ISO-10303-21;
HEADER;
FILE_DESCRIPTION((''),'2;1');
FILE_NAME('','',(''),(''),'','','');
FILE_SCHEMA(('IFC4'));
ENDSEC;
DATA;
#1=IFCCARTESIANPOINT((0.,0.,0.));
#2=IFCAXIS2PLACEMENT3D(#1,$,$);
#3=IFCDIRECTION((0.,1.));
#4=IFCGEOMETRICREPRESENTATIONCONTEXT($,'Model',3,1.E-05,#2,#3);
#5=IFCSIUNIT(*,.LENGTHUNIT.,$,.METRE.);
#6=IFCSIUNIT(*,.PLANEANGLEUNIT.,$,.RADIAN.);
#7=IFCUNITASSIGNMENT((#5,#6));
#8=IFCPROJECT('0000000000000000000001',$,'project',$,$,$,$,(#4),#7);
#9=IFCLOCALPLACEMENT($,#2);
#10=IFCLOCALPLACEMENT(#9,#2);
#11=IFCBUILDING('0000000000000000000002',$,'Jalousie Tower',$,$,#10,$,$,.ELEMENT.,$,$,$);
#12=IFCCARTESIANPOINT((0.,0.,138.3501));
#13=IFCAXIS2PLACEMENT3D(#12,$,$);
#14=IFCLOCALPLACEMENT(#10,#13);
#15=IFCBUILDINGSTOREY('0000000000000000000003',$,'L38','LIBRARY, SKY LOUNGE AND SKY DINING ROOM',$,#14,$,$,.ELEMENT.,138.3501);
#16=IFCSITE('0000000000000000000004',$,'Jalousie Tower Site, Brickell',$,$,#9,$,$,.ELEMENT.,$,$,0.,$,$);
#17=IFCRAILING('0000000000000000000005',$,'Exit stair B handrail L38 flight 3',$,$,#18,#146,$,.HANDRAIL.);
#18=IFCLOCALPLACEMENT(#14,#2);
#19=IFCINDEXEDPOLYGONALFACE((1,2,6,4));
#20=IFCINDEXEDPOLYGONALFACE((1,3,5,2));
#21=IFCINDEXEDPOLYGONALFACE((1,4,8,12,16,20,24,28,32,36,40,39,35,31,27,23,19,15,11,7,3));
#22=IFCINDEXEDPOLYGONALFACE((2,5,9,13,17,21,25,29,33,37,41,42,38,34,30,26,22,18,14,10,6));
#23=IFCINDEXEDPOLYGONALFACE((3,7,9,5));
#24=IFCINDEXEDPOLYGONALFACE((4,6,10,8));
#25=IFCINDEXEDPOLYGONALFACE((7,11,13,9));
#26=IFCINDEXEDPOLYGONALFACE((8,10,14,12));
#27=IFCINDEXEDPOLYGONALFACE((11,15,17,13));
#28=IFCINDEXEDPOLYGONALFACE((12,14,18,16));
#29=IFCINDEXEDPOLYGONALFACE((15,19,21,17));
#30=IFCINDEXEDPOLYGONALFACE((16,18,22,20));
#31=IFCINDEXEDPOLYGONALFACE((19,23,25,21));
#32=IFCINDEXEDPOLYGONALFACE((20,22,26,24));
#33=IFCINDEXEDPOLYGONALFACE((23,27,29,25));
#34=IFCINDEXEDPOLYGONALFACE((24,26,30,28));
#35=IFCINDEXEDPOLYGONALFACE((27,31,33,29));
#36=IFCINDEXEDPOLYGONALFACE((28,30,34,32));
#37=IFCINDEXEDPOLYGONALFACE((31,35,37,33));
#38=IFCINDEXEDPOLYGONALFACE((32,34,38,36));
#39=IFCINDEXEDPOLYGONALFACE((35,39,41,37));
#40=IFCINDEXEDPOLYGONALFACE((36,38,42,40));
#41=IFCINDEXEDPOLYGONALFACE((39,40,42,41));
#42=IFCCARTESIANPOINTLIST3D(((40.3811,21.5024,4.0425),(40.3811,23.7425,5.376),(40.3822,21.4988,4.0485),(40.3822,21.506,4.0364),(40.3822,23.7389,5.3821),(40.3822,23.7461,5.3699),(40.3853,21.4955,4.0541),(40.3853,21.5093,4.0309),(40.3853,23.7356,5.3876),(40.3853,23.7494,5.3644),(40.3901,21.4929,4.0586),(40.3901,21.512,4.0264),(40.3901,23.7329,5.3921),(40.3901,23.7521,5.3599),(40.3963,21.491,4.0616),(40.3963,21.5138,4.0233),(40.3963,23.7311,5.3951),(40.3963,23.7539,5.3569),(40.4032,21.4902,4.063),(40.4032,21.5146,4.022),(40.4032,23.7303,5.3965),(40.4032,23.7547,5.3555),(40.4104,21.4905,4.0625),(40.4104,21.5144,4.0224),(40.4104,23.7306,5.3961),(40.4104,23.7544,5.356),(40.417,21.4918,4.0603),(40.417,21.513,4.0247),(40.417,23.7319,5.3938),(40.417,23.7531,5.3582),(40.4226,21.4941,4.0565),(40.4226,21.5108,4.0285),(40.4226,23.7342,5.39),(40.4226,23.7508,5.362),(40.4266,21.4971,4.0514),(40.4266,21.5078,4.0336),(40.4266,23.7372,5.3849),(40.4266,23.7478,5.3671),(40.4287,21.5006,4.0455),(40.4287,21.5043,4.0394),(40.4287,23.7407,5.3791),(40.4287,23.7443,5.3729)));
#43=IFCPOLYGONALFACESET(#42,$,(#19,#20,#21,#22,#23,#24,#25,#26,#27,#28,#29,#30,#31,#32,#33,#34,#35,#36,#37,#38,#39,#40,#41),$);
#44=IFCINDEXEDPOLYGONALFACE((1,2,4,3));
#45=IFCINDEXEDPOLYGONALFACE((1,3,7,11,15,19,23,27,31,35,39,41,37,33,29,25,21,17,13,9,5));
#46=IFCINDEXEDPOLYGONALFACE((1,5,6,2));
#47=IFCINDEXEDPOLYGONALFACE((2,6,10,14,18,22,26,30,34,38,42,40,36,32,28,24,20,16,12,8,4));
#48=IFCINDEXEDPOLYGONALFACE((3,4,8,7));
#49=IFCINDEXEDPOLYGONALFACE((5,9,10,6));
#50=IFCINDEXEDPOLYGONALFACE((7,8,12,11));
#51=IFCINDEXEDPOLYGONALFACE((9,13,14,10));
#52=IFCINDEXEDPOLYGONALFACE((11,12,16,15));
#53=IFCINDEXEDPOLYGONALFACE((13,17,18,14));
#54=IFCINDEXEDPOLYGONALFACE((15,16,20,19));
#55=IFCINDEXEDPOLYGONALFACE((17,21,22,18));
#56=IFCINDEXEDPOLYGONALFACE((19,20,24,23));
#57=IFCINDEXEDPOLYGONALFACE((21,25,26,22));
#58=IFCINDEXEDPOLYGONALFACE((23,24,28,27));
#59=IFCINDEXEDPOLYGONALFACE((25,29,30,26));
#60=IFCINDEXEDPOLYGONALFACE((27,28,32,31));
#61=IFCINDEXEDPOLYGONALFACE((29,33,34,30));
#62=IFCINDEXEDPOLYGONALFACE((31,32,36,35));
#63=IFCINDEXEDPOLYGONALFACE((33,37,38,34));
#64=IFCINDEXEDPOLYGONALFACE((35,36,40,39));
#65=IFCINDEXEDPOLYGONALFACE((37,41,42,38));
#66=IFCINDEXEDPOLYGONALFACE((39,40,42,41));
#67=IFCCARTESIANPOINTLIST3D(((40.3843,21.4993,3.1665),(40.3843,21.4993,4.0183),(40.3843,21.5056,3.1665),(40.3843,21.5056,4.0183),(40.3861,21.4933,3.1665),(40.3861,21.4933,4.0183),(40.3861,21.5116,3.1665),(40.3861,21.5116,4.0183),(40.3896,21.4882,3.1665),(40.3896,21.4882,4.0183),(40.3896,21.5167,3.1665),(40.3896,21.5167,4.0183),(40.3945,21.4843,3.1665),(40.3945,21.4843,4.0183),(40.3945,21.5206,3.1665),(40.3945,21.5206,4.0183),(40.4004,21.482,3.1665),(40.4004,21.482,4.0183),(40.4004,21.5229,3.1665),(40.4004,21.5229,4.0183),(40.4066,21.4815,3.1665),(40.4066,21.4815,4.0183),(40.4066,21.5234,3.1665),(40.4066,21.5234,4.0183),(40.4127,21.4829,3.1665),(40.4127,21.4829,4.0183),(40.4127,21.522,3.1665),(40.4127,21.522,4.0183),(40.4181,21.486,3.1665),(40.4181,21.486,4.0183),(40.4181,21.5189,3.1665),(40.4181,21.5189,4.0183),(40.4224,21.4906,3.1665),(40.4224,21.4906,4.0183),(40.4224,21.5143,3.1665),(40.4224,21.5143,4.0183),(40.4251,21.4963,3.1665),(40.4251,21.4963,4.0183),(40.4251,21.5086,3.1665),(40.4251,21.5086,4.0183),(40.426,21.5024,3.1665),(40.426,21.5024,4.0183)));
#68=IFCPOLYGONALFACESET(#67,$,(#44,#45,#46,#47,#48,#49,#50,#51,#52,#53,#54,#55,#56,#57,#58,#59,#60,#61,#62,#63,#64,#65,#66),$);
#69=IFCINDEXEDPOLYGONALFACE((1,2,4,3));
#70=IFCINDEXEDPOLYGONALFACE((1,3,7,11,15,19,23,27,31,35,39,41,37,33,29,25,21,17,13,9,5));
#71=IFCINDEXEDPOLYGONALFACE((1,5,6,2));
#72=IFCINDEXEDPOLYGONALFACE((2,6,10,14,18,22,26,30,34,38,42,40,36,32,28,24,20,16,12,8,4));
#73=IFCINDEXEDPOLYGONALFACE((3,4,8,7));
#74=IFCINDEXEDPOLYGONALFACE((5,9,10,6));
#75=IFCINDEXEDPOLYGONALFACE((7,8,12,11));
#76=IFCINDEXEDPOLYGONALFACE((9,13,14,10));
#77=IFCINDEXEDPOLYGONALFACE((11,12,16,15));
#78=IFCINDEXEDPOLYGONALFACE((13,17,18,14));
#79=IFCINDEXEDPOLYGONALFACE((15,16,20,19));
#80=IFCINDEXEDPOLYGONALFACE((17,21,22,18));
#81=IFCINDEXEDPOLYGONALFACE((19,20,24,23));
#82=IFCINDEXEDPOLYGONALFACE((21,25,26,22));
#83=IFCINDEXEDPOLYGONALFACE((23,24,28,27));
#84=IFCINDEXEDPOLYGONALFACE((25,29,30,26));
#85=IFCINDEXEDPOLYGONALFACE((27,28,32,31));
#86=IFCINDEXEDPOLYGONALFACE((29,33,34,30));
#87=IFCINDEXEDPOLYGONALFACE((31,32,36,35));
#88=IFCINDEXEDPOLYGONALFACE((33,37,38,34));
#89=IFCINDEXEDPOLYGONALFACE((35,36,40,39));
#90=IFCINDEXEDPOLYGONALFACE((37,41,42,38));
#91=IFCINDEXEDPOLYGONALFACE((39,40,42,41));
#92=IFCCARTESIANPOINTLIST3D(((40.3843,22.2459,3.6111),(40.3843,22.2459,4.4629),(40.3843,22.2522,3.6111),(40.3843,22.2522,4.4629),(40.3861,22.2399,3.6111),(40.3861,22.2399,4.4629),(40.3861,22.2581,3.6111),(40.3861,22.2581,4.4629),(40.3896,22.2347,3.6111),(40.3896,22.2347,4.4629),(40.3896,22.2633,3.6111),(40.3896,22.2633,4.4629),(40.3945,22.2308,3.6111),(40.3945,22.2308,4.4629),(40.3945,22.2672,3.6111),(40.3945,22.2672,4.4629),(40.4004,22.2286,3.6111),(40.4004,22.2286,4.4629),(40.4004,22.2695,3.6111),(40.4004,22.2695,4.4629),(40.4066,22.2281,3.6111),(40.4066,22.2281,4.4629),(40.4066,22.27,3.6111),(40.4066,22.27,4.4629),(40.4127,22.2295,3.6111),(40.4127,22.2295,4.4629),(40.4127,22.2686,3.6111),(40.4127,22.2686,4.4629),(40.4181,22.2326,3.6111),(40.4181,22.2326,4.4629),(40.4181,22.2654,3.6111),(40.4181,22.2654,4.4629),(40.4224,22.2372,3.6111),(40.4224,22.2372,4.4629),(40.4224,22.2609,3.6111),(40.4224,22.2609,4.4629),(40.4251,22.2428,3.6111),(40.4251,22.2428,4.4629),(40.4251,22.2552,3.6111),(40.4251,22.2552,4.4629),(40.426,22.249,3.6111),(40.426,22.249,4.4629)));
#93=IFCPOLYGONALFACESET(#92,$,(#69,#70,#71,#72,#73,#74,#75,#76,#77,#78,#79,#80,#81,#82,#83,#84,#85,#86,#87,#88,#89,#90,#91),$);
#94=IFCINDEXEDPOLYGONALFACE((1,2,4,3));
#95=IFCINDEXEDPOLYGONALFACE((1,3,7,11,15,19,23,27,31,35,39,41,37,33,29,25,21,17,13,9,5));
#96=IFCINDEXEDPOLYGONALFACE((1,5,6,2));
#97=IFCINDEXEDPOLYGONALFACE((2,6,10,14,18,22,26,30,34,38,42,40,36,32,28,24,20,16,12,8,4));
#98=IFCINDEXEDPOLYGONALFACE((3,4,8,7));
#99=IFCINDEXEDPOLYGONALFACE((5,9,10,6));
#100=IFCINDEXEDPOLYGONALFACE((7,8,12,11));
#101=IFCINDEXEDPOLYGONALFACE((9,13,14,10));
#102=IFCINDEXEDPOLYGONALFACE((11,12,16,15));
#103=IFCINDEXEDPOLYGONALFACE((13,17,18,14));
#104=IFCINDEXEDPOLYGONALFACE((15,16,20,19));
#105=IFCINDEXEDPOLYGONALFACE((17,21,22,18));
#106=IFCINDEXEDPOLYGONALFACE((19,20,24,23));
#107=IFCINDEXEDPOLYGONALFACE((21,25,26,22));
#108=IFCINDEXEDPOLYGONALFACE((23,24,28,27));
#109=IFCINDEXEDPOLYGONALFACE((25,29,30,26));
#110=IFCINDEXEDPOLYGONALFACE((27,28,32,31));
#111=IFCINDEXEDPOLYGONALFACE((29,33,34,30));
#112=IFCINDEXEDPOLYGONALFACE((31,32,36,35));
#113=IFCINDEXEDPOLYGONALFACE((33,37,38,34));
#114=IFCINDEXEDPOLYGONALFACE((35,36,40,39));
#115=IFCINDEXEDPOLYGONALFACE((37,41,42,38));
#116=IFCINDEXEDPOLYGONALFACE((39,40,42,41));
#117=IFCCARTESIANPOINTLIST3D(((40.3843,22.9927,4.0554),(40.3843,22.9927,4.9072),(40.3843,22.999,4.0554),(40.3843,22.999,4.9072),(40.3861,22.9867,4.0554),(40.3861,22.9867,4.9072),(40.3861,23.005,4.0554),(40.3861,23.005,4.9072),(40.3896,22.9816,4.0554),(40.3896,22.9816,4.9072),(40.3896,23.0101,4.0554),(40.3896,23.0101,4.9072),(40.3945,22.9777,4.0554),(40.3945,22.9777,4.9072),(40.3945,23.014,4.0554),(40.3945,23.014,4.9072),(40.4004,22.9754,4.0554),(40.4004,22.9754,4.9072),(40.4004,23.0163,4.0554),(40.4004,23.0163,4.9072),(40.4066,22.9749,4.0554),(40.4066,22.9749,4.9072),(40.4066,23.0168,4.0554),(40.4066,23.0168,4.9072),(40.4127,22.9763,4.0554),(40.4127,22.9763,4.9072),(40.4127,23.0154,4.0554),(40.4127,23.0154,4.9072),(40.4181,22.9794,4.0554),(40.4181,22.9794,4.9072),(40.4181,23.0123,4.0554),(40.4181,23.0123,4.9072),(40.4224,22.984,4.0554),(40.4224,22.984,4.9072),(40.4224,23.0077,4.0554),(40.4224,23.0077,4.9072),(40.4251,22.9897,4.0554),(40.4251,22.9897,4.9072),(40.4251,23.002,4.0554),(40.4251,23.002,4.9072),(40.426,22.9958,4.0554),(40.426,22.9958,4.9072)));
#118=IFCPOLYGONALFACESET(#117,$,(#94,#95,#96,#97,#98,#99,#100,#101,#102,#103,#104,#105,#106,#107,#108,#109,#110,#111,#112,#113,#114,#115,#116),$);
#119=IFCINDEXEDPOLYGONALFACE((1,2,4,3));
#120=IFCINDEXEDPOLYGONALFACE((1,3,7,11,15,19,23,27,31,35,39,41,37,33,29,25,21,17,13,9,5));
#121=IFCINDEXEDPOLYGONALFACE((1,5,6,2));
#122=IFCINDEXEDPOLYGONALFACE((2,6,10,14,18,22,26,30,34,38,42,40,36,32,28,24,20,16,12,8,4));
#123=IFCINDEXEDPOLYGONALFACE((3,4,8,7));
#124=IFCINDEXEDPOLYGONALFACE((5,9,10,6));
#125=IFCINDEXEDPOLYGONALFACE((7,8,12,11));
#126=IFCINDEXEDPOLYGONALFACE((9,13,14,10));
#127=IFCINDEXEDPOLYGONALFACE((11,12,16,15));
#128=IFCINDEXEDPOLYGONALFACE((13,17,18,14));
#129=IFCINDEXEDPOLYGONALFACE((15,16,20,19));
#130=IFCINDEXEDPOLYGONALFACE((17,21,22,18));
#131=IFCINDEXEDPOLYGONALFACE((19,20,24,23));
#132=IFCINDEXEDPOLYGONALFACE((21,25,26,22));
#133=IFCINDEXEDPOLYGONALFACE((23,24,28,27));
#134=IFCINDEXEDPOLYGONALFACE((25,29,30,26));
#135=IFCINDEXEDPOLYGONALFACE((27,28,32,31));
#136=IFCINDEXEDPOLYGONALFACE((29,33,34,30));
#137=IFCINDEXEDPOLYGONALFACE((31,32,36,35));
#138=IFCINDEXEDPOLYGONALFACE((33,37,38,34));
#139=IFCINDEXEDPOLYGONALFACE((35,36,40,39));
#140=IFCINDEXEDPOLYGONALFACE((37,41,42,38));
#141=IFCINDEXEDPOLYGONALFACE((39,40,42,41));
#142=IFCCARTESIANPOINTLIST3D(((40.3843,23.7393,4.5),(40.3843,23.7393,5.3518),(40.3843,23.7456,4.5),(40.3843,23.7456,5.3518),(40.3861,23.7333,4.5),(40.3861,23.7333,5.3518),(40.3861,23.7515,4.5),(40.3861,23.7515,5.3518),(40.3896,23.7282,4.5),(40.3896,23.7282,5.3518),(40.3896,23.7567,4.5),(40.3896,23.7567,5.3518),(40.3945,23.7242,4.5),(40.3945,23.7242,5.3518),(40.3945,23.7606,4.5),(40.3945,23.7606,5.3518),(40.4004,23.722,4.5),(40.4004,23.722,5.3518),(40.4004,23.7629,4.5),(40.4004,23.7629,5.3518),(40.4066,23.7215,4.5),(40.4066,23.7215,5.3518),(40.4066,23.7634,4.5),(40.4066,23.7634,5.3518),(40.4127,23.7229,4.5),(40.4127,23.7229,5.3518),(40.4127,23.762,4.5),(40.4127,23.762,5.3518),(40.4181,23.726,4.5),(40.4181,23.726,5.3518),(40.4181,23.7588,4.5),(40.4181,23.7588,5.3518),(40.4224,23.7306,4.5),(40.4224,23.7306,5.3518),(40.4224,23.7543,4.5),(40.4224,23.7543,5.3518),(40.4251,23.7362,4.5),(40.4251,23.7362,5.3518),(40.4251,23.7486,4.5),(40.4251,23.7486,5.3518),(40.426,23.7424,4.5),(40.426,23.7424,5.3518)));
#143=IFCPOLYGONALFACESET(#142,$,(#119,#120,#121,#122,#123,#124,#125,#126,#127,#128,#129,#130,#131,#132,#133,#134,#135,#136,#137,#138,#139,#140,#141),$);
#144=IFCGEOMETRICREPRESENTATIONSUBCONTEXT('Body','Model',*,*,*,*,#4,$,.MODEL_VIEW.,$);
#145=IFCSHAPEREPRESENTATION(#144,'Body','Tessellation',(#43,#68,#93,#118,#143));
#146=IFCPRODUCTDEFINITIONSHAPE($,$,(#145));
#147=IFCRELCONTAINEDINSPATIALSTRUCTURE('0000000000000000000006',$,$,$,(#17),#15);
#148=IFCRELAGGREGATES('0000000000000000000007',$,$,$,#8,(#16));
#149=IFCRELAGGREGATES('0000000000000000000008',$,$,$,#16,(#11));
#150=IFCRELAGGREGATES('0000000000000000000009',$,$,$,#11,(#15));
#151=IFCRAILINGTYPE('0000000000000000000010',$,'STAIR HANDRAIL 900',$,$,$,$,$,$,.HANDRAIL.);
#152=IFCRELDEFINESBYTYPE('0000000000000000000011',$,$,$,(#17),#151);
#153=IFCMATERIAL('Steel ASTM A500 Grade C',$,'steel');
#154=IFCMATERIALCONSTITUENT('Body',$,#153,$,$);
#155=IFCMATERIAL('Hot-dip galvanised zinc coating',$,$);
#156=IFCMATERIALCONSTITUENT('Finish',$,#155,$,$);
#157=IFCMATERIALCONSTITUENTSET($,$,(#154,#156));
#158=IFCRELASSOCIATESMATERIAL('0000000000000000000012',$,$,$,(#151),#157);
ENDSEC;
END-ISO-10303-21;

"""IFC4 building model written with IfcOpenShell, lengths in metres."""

from ifc_helpers import new_model, si_unit, direction, frame, origin, origin_2d, place, context, subcontext, project, spatial, circle, extrude, material, constituent, constituent_set, type_object, element, save


model = new_model("IFC4")

# Units and contexts
model_context = context("Model", 3, precision=1e-05, world=origin(), true_north=direction((0.0, 1.0)))
body_context = subcontext(model_context, "Body", "Model", "MODEL_VIEW")
ifc_project = project(units=[si_unit("LENGTHUNIT", "METRE"), si_unit("PLANEANGLEUNIT", "RADIAN")], contexts=[model_context])

# Site, building, storey
site_placement = place(None, origin())
site = spatial("IfcSite", under=ifc_project, at=site_placement, Name="Jalousie Tower Site, Brickell", CompositionType="ELEMENT", RefElevation=0.0)
building_placement = place(site_placement, origin())
building = spatial("IfcBuilding", under=site, at=building_placement, Name="Jalousie Tower", CompositionType="ELEMENT")
storey_placement = place(building_placement, frame((0.0, 0.0, 138.3501)))
storey = spatial("IfcBuildingStorey", under=building, at=storey_placement, Name="L38", Description="LIBRARY, SKY LOUNGE AND SKY DINING ROOM", CompositionType="ELEMENT", Elevation=138.3501)

# Railing
ifc_material_1 = material(Name="Steel ASTM A500 Grade C", Category="steel")
ifc_constituent_1 = constituent(ifc_material_1, Name="Body")
ifc_material_2 = material(Name="Hot-dip galvanised zinc coating")
ifc_constituent_2 = constituent(ifc_material_2, Name="Finish")
ifc_constituent_set_1 = constituent_set(constituents=[ifc_constituent_1, ifc_constituent_2])
railing_type_1 = type_object("IfcRailingType", Name="STAIR HANDRAIL 900", PredefinedType="HANDRAIL", material=ifc_constituent_set_1)
railing_1_placement = place(storey_placement, frame((40.405, 21.5024, 3.1665)))
element("IfcRailing", 1, at=railing_1_placement, inside=storey, type_object=railing_type_1, Name="Exit stair B handrail L38 flight 3", PredefinedType="HANDRAIL", context=body_context, shape_type="SweptSolid", body=[
    extrude(circle(Radius=0.0239, at=origin_2d()), frame((0.0, 0.0, 0.876), z_axis=(0.0, 0.859264, 0.511532), x_axis=(-1.0, 0.0, 0.0)), (0.0, 0.0, 1.0), 2.6069),
    extrude(circle(Radius=0.021, at=origin_2d()), origin(), (0.0, 0.0, 1.0), 0.8518),
    extrude(circle(Radius=0.021, at=origin_2d()), frame((0.0, 0.7466, 0.4446)), (0.0, 0.0, 1.0), 0.8518),
    extrude(circle(Radius=0.021, at=origin_2d()), frame((0.0, 1.4934, 0.8889)), (0.0, 0.0, 1.0), 0.8518),
    extrude(circle(Radius=0.021, at=origin_2d()), frame((0.0, 2.24, 1.3335)), (0.0, 0.0, 1.0), 0.8518),
])

save(model, "model.ifc")
